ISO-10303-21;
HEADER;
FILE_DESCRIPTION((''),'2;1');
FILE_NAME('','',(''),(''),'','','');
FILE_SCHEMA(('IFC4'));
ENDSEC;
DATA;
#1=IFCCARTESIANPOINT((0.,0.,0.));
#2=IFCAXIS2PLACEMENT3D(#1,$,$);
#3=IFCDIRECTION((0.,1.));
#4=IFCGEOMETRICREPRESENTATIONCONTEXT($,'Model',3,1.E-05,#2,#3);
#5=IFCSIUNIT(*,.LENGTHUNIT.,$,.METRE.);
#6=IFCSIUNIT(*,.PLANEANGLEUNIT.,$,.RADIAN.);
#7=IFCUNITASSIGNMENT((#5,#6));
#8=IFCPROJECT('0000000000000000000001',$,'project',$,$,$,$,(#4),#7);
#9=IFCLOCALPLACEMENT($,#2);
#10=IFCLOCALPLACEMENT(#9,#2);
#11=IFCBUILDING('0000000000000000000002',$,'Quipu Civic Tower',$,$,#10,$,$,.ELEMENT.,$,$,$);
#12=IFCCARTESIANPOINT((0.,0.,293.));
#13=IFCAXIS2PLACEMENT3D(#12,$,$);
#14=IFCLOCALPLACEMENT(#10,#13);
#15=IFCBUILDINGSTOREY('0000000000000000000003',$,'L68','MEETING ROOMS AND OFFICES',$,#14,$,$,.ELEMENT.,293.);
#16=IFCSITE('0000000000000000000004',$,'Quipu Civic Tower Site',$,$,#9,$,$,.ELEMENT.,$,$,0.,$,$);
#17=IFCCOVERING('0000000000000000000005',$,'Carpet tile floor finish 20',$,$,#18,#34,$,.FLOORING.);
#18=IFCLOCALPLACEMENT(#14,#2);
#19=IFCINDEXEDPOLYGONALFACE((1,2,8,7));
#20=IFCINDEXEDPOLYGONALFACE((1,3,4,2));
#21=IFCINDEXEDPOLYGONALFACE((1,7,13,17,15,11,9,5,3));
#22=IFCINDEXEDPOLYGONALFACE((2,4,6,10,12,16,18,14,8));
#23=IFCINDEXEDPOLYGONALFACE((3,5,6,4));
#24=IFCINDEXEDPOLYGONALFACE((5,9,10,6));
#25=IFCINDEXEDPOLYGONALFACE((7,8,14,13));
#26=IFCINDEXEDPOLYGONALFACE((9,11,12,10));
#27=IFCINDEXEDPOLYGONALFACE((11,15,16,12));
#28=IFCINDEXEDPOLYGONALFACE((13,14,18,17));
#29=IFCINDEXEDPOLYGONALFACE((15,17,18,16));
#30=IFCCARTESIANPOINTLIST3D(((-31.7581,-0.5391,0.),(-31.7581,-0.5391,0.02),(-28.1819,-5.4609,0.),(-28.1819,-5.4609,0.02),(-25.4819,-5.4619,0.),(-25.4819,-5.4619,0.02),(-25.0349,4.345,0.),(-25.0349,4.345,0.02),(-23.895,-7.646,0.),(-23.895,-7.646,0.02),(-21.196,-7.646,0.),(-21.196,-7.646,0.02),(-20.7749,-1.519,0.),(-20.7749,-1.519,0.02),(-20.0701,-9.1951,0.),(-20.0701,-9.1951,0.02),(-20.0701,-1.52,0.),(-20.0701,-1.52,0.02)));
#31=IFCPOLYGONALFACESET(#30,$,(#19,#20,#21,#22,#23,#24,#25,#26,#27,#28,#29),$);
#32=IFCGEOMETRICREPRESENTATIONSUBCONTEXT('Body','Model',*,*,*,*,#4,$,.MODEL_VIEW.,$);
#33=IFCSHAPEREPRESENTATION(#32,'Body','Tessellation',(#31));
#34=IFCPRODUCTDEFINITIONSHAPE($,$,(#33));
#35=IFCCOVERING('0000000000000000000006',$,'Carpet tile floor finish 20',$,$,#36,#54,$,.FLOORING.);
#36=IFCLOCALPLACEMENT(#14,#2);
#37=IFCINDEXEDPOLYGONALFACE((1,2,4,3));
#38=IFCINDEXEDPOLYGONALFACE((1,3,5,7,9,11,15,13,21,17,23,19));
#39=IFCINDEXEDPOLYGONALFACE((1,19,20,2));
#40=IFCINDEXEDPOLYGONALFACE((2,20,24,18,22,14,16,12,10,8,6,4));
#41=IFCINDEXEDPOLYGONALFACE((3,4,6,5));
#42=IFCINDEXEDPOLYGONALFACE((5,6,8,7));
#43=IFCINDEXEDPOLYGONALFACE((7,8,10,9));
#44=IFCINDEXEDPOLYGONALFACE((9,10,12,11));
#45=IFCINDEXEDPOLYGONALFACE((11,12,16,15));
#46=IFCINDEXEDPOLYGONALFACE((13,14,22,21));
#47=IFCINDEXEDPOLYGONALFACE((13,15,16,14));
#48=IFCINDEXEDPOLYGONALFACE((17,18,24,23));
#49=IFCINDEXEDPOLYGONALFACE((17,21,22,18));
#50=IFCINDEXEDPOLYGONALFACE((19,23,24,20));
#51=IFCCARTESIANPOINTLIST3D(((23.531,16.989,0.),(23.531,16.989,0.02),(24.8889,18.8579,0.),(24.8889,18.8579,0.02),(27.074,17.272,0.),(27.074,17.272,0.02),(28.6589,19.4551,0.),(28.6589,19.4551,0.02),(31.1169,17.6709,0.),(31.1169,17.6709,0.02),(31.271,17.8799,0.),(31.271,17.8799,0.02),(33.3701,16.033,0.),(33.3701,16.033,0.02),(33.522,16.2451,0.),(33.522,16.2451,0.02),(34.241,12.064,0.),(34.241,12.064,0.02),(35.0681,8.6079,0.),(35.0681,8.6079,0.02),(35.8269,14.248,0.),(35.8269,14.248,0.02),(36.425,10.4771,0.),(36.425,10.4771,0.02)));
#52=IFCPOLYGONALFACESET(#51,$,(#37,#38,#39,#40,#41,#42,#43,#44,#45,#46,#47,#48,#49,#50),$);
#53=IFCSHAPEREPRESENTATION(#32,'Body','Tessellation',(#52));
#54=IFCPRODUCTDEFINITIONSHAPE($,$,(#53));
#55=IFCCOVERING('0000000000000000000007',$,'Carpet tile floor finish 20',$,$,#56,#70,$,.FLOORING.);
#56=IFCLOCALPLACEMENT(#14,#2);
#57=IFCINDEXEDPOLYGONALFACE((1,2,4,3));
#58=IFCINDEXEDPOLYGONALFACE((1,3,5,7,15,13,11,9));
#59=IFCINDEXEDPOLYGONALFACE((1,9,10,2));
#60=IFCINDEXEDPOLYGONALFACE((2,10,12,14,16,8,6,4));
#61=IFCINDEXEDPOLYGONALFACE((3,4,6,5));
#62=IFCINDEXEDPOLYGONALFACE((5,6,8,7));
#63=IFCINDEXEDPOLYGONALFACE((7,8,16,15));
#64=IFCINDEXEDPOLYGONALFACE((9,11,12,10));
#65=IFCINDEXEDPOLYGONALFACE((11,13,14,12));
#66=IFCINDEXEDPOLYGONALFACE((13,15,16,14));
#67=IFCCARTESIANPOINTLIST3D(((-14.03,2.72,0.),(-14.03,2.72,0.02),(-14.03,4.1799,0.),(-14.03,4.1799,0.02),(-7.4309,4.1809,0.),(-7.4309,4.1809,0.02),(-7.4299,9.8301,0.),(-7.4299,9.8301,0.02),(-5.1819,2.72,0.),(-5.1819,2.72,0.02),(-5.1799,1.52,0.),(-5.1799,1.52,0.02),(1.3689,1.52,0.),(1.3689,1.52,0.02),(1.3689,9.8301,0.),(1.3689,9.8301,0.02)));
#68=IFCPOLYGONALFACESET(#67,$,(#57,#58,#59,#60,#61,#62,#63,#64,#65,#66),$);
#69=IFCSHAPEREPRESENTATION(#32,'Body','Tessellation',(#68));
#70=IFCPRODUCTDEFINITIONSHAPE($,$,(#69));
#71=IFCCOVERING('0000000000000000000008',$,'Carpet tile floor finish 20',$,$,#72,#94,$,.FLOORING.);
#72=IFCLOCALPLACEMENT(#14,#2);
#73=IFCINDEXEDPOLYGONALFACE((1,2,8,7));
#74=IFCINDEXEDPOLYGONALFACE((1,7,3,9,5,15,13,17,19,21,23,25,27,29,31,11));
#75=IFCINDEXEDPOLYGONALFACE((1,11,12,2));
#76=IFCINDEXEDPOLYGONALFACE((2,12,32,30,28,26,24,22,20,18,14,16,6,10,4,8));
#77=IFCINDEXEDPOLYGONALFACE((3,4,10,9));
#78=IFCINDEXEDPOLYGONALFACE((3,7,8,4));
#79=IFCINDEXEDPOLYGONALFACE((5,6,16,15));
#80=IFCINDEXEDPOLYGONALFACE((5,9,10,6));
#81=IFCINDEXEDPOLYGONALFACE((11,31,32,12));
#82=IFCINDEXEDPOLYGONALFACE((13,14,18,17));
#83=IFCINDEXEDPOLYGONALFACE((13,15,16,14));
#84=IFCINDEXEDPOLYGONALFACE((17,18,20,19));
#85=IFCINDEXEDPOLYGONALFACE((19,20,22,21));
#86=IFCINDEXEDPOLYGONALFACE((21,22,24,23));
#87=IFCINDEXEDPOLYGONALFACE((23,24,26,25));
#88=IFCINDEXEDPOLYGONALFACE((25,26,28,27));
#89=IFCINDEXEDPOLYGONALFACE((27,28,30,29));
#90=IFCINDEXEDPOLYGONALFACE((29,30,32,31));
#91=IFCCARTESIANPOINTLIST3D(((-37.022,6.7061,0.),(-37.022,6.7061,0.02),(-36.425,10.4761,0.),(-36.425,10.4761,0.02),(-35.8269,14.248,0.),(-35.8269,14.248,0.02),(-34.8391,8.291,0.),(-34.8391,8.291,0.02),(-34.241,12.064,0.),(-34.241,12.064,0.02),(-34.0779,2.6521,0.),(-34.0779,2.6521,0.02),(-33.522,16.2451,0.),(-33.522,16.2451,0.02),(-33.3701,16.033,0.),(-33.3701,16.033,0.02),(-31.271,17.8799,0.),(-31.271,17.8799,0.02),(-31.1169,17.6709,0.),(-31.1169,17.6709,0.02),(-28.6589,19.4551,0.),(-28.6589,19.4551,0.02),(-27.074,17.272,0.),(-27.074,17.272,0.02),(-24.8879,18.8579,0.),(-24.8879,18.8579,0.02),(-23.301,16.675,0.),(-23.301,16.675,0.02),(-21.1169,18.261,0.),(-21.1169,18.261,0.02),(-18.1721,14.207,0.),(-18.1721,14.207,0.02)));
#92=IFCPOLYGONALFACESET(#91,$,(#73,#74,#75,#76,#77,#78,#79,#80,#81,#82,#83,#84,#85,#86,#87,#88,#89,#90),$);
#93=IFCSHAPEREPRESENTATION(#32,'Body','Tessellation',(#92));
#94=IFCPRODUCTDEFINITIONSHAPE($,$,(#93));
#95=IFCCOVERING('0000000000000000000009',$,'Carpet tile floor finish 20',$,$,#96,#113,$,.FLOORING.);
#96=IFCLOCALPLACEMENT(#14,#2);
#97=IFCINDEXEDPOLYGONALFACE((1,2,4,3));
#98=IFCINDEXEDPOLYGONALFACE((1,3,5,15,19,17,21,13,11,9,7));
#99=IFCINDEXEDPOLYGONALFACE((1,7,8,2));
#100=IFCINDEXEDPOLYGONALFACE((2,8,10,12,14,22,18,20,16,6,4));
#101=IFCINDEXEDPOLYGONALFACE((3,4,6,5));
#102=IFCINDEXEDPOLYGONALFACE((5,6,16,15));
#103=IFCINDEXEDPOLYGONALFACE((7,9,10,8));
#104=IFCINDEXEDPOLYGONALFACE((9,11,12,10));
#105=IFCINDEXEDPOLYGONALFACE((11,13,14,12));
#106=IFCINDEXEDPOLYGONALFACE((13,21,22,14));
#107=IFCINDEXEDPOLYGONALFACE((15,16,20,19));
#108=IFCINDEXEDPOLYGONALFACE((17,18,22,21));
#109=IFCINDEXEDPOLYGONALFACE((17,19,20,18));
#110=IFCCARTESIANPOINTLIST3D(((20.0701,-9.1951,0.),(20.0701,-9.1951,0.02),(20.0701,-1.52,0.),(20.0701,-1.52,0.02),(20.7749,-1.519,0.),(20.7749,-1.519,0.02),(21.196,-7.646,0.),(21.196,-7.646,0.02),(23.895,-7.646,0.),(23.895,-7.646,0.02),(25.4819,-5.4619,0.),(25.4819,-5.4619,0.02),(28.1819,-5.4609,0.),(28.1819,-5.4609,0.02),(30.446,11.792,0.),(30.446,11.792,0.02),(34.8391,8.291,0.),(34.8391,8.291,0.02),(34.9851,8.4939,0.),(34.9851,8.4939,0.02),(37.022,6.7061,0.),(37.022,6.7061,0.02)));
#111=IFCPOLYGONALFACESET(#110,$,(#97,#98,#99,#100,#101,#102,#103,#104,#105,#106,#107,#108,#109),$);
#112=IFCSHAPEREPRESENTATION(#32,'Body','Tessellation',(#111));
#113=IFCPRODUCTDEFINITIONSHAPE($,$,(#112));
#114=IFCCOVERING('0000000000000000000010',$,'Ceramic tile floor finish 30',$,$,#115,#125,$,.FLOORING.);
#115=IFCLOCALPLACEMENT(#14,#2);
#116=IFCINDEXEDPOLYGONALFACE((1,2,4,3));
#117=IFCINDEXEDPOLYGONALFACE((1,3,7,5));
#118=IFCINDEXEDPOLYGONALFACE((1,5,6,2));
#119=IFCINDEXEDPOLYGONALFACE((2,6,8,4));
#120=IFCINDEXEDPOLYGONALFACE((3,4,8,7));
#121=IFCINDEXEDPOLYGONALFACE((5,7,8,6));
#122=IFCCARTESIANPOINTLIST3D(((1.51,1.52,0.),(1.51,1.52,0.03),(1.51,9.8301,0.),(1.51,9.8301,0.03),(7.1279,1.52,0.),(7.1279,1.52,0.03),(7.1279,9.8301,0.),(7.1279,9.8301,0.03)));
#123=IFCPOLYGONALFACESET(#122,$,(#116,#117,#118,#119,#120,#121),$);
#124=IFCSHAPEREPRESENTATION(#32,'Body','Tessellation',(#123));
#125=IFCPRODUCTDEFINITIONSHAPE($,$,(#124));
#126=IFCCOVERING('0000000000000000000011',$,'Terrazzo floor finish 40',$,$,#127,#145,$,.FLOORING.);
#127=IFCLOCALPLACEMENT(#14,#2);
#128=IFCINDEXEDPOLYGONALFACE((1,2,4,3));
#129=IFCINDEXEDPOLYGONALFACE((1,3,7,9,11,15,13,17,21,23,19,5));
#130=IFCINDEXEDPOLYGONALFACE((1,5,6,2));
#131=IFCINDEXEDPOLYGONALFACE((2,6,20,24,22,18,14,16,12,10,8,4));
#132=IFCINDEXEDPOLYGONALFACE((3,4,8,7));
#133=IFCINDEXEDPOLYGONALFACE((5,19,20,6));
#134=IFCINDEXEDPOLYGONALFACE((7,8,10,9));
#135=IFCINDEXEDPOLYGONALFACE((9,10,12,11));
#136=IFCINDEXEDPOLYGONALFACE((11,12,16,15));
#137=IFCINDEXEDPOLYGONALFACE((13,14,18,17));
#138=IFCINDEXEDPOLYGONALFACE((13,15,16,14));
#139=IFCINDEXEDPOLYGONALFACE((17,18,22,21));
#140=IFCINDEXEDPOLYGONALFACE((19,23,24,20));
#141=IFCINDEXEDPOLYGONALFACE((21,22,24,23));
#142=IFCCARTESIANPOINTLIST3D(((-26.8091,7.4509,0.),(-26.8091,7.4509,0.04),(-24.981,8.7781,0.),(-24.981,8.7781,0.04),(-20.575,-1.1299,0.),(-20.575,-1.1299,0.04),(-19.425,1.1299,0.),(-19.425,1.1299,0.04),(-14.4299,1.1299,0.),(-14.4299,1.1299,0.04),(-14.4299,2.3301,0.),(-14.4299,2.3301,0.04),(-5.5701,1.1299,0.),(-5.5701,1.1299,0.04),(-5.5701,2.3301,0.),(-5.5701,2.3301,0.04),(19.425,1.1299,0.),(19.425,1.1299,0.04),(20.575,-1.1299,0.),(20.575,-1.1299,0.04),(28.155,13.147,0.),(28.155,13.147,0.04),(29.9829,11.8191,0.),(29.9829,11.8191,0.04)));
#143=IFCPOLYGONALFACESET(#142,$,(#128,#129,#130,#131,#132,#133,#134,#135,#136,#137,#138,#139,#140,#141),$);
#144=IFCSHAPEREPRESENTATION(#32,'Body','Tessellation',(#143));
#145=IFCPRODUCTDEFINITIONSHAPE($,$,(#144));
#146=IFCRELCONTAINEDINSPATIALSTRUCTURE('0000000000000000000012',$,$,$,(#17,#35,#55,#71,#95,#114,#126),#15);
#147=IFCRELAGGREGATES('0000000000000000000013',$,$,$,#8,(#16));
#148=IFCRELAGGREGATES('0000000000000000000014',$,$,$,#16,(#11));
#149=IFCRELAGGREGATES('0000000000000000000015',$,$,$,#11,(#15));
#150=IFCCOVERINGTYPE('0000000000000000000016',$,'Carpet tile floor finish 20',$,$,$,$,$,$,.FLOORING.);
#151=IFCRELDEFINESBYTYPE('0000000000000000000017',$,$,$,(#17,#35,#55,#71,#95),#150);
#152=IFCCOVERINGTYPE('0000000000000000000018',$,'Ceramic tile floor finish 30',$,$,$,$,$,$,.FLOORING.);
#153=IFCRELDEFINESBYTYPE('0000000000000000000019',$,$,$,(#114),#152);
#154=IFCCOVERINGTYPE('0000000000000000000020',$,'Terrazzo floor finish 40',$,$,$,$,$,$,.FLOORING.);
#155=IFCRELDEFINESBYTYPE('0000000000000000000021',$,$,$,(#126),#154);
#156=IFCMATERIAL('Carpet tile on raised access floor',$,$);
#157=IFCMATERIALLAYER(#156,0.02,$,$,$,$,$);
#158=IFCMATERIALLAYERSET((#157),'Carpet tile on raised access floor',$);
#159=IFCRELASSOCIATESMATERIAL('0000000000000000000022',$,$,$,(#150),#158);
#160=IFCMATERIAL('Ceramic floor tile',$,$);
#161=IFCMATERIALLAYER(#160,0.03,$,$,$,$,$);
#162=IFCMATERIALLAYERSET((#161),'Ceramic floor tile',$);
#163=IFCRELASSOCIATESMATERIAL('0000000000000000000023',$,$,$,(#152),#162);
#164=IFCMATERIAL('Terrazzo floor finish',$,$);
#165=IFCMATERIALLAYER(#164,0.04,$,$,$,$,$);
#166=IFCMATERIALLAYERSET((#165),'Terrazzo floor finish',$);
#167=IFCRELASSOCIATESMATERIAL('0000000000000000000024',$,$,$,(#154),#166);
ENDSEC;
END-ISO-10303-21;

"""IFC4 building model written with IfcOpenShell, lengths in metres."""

from ifc_helpers import new_model, si_unit, direction, frame, origin, place, context, subcontext, project, spatial, polyline, outline, extrude, material, layer, layer_set, type_object, element, save


model = new_model("IFC4")

# Units and contexts
model_context = context("Model", 3, precision=1e-05, world=origin(), true_north=direction((0.0, 1.0)))
body_context = subcontext(model_context, "Body", "Model", "MODEL_VIEW")
ifc_project = project(units=[si_unit("LENGTHUNIT", "METRE"), si_unit("PLANEANGLEUNIT", "RADIAN")], contexts=[model_context])

# Site, building, storey
site_placement = place(None, origin())
site = spatial("IfcSite", under=ifc_project, at=site_placement, Name="Quipu Civic Tower Site", CompositionType="ELEMENT", RefElevation=0.0)
building_placement = place(site_placement, origin())
building = spatial("IfcBuilding", under=site, at=building_placement, Name="Quipu Civic Tower", CompositionType="ELEMENT")
storey_placement = place(building_placement, frame((0.0, 0.0, 293.0)))
storey = spatial("IfcBuildingStorey", under=building, at=storey_placement, Name="L68", Description="MEETING ROOMS AND OFFICES", CompositionType="ELEMENT", Elevation=293.0)

# Coverings
ifc_material_1 = material(Name="Carpet tile on raised access floor")
ifc_layer_1 = layer(ifc_material_1, 0.02)
ifc_layer_set_1 = layer_set([ifc_layer_1], Name="Carpet tile on raised access floor")
covering_type_1 = type_object("IfcCoveringType", Name="Carpet tile floor finish 20", PredefinedType="FLOORING", material=ifc_layer_set_1)
covering_1_placement = place(storey_placement, origin())
element("IfcCovering", 1, at=covering_1_placement, inside=storey, type_object=covering_type_1, Name="Carpet tile floor finish 20", PredefinedType="FLOORING", context=body_context, shape_type="SweptSolid", body=[
    extrude(outline(polyline([(-31.7581, -0.5391), (-25.0349, 4.345), (-20.7749, -1.519), (-20.0701, -1.52), (-20.0701, -9.1951), (-21.196, -7.646), (-23.895, -7.646), (-25.4819, -5.4619), (-28.1819, -5.4609), (-31.7581, -0.5391)])), origin(), (0.0, 0.0, 1.0), 0.02),
])
covering_2_placement = place(storey_placement, origin())
element("IfcCovering", 2, at=covering_2_placement, inside=storey, type_object=covering_type_1, Name="Carpet tile floor finish 20", PredefinedType="FLOORING", context=body_context, shape_type="SweptSolid", body=[
    extrude(outline(polyline([(23.531, 16.989), (24.8889, 18.8579), (27.074, 17.272), (28.6589, 19.4551), (31.1169, 17.6709), (31.271, 17.8799), (33.522, 16.2451), (33.3701, 16.033), (35.8269, 14.248), (34.241, 12.064), (36.425, 10.4771), (35.0681, 8.6079), (23.531, 16.989)])), origin(), (0.0, 0.0, 1.0), 0.02),
])
covering_3_placement = place(storey_placement, origin())
element("IfcCovering", 3, at=covering_3_placement, inside=storey, type_object=covering_type_1, Name="Carpet tile floor finish 20", PredefinedType="FLOORING", context=body_context, shape_type="SweptSolid", body=[
    extrude(outline(polyline([(-14.03, 2.72), (-14.03, 4.1799), (-7.4309, 4.1809), (-7.4299, 9.8301), (1.3689, 9.8301), (1.3689, 1.52), (-5.1799, 1.52), (-5.1819, 2.72), (-14.03, 2.72)])), origin(), (0.0, 0.0, 1.0), 0.02),
])
covering_4_placement = place(storey_placement, origin())
element("IfcCovering", 4, at=covering_4_placement, inside=storey, type_object=covering_type_1, Name="Carpet tile floor finish 20", PredefinedType="FLOORING", context=body_context, shape_type="SweptSolid", body=[
    extrude(outline(polyline([(-37.022, 6.7061), (-34.8391, 8.291), (-36.425, 10.4761), (-34.241, 12.064), (-35.8269, 14.248), (-33.3701, 16.033), (-33.522, 16.2451), (-31.271, 17.8799), (-31.1169, 17.6709), (-28.6589, 19.4551), (-27.074, 17.272), (-24.8879, 18.8579), (-23.301, 16.675), (-21.1169, 18.261), (-18.1721, 14.207), (-34.0779, 2.6521), (-37.022, 6.7061)])), origin(), (0.0, 0.0, 1.0), 0.02),
])
covering_5_placement = place(storey_placement, origin())
element("IfcCovering", 5, at=covering_5_placement, inside=storey, type_object=covering_type_1, Name="Carpet tile floor finish 20", PredefinedType="FLOORING", context=body_context, shape_type="SweptSolid", body=[
    extrude(outline(polyline([(20.0701, -9.1951), (20.0701, -1.52), (20.7749, -1.519), (30.446, 11.792), (34.9851, 8.4939), (34.8391, 8.291), (37.022, 6.7061), (28.1819, -5.4609), (25.4819, -5.4619), (23.895, -7.646), (21.196, -7.646), (20.0701, -9.1951)])), origin(), (0.0, 0.0, 1.0), 0.02),
])
ifc_material_2 = material(Name="Ceramic floor tile")
ifc_layer_2 = layer(ifc_material_2, 0.03)
ifc_layer_set_2 = layer_set([ifc_layer_2], Name="Ceramic floor tile")
covering_type_2 = type_object("IfcCoveringType", Name="Ceramic tile floor finish 30", PredefinedType="FLOORING", material=ifc_layer_set_2)
covering_6_placement = place(storey_placement, origin())
element("IfcCovering", 6, at=covering_6_placement, inside=storey, type_object=covering_type_2, Name="Ceramic tile floor finish 30", PredefinedType="FLOORING", context=body_context, shape_type="SweptSolid", body=[
    extrude(outline(polyline([(1.51, 9.8301), (7.1279, 9.8301), (7.1279, 1.52), (1.51, 1.52), (1.51, 9.8301)])), origin(), (0.0, 0.0, 1.0), 0.03),
])
ifc_material_3 = material(Name="Terrazzo floor finish")
ifc_layer_3 = layer(ifc_material_3, 0.04)
ifc_layer_set_3 = layer_set([ifc_layer_3], Name="Terrazzo floor finish")
covering_type_3 = type_object("IfcCoveringType", Name="Terrazzo floor finish 40", PredefinedType="FLOORING", material=ifc_layer_set_3)
covering_7_placement = place(storey_placement, origin())
element("IfcCovering", 7, at=covering_7_placement, inside=storey, type_object=covering_type_3, Name="Terrazzo floor finish 40", PredefinedType="FLOORING", context=body_context, shape_type="SweptSolid", body=[
    extrude(outline(polyline([(19.425, 1.1299), (28.155, 13.147), (29.9829, 11.8191), (20.575, -1.1299), (-20.575, -1.1299), (-26.8091, 7.4509), (-24.981, 8.7781), (-19.425, 1.1299), (-14.4299, 1.1299), (-14.4299, 2.3301), (-5.5701, 2.3301), (-5.5701, 1.1299), (19.425, 1.1299)])), origin(), (0.0, 0.0, 1.0), 0.04),
])

save(model, "model.ifc")
